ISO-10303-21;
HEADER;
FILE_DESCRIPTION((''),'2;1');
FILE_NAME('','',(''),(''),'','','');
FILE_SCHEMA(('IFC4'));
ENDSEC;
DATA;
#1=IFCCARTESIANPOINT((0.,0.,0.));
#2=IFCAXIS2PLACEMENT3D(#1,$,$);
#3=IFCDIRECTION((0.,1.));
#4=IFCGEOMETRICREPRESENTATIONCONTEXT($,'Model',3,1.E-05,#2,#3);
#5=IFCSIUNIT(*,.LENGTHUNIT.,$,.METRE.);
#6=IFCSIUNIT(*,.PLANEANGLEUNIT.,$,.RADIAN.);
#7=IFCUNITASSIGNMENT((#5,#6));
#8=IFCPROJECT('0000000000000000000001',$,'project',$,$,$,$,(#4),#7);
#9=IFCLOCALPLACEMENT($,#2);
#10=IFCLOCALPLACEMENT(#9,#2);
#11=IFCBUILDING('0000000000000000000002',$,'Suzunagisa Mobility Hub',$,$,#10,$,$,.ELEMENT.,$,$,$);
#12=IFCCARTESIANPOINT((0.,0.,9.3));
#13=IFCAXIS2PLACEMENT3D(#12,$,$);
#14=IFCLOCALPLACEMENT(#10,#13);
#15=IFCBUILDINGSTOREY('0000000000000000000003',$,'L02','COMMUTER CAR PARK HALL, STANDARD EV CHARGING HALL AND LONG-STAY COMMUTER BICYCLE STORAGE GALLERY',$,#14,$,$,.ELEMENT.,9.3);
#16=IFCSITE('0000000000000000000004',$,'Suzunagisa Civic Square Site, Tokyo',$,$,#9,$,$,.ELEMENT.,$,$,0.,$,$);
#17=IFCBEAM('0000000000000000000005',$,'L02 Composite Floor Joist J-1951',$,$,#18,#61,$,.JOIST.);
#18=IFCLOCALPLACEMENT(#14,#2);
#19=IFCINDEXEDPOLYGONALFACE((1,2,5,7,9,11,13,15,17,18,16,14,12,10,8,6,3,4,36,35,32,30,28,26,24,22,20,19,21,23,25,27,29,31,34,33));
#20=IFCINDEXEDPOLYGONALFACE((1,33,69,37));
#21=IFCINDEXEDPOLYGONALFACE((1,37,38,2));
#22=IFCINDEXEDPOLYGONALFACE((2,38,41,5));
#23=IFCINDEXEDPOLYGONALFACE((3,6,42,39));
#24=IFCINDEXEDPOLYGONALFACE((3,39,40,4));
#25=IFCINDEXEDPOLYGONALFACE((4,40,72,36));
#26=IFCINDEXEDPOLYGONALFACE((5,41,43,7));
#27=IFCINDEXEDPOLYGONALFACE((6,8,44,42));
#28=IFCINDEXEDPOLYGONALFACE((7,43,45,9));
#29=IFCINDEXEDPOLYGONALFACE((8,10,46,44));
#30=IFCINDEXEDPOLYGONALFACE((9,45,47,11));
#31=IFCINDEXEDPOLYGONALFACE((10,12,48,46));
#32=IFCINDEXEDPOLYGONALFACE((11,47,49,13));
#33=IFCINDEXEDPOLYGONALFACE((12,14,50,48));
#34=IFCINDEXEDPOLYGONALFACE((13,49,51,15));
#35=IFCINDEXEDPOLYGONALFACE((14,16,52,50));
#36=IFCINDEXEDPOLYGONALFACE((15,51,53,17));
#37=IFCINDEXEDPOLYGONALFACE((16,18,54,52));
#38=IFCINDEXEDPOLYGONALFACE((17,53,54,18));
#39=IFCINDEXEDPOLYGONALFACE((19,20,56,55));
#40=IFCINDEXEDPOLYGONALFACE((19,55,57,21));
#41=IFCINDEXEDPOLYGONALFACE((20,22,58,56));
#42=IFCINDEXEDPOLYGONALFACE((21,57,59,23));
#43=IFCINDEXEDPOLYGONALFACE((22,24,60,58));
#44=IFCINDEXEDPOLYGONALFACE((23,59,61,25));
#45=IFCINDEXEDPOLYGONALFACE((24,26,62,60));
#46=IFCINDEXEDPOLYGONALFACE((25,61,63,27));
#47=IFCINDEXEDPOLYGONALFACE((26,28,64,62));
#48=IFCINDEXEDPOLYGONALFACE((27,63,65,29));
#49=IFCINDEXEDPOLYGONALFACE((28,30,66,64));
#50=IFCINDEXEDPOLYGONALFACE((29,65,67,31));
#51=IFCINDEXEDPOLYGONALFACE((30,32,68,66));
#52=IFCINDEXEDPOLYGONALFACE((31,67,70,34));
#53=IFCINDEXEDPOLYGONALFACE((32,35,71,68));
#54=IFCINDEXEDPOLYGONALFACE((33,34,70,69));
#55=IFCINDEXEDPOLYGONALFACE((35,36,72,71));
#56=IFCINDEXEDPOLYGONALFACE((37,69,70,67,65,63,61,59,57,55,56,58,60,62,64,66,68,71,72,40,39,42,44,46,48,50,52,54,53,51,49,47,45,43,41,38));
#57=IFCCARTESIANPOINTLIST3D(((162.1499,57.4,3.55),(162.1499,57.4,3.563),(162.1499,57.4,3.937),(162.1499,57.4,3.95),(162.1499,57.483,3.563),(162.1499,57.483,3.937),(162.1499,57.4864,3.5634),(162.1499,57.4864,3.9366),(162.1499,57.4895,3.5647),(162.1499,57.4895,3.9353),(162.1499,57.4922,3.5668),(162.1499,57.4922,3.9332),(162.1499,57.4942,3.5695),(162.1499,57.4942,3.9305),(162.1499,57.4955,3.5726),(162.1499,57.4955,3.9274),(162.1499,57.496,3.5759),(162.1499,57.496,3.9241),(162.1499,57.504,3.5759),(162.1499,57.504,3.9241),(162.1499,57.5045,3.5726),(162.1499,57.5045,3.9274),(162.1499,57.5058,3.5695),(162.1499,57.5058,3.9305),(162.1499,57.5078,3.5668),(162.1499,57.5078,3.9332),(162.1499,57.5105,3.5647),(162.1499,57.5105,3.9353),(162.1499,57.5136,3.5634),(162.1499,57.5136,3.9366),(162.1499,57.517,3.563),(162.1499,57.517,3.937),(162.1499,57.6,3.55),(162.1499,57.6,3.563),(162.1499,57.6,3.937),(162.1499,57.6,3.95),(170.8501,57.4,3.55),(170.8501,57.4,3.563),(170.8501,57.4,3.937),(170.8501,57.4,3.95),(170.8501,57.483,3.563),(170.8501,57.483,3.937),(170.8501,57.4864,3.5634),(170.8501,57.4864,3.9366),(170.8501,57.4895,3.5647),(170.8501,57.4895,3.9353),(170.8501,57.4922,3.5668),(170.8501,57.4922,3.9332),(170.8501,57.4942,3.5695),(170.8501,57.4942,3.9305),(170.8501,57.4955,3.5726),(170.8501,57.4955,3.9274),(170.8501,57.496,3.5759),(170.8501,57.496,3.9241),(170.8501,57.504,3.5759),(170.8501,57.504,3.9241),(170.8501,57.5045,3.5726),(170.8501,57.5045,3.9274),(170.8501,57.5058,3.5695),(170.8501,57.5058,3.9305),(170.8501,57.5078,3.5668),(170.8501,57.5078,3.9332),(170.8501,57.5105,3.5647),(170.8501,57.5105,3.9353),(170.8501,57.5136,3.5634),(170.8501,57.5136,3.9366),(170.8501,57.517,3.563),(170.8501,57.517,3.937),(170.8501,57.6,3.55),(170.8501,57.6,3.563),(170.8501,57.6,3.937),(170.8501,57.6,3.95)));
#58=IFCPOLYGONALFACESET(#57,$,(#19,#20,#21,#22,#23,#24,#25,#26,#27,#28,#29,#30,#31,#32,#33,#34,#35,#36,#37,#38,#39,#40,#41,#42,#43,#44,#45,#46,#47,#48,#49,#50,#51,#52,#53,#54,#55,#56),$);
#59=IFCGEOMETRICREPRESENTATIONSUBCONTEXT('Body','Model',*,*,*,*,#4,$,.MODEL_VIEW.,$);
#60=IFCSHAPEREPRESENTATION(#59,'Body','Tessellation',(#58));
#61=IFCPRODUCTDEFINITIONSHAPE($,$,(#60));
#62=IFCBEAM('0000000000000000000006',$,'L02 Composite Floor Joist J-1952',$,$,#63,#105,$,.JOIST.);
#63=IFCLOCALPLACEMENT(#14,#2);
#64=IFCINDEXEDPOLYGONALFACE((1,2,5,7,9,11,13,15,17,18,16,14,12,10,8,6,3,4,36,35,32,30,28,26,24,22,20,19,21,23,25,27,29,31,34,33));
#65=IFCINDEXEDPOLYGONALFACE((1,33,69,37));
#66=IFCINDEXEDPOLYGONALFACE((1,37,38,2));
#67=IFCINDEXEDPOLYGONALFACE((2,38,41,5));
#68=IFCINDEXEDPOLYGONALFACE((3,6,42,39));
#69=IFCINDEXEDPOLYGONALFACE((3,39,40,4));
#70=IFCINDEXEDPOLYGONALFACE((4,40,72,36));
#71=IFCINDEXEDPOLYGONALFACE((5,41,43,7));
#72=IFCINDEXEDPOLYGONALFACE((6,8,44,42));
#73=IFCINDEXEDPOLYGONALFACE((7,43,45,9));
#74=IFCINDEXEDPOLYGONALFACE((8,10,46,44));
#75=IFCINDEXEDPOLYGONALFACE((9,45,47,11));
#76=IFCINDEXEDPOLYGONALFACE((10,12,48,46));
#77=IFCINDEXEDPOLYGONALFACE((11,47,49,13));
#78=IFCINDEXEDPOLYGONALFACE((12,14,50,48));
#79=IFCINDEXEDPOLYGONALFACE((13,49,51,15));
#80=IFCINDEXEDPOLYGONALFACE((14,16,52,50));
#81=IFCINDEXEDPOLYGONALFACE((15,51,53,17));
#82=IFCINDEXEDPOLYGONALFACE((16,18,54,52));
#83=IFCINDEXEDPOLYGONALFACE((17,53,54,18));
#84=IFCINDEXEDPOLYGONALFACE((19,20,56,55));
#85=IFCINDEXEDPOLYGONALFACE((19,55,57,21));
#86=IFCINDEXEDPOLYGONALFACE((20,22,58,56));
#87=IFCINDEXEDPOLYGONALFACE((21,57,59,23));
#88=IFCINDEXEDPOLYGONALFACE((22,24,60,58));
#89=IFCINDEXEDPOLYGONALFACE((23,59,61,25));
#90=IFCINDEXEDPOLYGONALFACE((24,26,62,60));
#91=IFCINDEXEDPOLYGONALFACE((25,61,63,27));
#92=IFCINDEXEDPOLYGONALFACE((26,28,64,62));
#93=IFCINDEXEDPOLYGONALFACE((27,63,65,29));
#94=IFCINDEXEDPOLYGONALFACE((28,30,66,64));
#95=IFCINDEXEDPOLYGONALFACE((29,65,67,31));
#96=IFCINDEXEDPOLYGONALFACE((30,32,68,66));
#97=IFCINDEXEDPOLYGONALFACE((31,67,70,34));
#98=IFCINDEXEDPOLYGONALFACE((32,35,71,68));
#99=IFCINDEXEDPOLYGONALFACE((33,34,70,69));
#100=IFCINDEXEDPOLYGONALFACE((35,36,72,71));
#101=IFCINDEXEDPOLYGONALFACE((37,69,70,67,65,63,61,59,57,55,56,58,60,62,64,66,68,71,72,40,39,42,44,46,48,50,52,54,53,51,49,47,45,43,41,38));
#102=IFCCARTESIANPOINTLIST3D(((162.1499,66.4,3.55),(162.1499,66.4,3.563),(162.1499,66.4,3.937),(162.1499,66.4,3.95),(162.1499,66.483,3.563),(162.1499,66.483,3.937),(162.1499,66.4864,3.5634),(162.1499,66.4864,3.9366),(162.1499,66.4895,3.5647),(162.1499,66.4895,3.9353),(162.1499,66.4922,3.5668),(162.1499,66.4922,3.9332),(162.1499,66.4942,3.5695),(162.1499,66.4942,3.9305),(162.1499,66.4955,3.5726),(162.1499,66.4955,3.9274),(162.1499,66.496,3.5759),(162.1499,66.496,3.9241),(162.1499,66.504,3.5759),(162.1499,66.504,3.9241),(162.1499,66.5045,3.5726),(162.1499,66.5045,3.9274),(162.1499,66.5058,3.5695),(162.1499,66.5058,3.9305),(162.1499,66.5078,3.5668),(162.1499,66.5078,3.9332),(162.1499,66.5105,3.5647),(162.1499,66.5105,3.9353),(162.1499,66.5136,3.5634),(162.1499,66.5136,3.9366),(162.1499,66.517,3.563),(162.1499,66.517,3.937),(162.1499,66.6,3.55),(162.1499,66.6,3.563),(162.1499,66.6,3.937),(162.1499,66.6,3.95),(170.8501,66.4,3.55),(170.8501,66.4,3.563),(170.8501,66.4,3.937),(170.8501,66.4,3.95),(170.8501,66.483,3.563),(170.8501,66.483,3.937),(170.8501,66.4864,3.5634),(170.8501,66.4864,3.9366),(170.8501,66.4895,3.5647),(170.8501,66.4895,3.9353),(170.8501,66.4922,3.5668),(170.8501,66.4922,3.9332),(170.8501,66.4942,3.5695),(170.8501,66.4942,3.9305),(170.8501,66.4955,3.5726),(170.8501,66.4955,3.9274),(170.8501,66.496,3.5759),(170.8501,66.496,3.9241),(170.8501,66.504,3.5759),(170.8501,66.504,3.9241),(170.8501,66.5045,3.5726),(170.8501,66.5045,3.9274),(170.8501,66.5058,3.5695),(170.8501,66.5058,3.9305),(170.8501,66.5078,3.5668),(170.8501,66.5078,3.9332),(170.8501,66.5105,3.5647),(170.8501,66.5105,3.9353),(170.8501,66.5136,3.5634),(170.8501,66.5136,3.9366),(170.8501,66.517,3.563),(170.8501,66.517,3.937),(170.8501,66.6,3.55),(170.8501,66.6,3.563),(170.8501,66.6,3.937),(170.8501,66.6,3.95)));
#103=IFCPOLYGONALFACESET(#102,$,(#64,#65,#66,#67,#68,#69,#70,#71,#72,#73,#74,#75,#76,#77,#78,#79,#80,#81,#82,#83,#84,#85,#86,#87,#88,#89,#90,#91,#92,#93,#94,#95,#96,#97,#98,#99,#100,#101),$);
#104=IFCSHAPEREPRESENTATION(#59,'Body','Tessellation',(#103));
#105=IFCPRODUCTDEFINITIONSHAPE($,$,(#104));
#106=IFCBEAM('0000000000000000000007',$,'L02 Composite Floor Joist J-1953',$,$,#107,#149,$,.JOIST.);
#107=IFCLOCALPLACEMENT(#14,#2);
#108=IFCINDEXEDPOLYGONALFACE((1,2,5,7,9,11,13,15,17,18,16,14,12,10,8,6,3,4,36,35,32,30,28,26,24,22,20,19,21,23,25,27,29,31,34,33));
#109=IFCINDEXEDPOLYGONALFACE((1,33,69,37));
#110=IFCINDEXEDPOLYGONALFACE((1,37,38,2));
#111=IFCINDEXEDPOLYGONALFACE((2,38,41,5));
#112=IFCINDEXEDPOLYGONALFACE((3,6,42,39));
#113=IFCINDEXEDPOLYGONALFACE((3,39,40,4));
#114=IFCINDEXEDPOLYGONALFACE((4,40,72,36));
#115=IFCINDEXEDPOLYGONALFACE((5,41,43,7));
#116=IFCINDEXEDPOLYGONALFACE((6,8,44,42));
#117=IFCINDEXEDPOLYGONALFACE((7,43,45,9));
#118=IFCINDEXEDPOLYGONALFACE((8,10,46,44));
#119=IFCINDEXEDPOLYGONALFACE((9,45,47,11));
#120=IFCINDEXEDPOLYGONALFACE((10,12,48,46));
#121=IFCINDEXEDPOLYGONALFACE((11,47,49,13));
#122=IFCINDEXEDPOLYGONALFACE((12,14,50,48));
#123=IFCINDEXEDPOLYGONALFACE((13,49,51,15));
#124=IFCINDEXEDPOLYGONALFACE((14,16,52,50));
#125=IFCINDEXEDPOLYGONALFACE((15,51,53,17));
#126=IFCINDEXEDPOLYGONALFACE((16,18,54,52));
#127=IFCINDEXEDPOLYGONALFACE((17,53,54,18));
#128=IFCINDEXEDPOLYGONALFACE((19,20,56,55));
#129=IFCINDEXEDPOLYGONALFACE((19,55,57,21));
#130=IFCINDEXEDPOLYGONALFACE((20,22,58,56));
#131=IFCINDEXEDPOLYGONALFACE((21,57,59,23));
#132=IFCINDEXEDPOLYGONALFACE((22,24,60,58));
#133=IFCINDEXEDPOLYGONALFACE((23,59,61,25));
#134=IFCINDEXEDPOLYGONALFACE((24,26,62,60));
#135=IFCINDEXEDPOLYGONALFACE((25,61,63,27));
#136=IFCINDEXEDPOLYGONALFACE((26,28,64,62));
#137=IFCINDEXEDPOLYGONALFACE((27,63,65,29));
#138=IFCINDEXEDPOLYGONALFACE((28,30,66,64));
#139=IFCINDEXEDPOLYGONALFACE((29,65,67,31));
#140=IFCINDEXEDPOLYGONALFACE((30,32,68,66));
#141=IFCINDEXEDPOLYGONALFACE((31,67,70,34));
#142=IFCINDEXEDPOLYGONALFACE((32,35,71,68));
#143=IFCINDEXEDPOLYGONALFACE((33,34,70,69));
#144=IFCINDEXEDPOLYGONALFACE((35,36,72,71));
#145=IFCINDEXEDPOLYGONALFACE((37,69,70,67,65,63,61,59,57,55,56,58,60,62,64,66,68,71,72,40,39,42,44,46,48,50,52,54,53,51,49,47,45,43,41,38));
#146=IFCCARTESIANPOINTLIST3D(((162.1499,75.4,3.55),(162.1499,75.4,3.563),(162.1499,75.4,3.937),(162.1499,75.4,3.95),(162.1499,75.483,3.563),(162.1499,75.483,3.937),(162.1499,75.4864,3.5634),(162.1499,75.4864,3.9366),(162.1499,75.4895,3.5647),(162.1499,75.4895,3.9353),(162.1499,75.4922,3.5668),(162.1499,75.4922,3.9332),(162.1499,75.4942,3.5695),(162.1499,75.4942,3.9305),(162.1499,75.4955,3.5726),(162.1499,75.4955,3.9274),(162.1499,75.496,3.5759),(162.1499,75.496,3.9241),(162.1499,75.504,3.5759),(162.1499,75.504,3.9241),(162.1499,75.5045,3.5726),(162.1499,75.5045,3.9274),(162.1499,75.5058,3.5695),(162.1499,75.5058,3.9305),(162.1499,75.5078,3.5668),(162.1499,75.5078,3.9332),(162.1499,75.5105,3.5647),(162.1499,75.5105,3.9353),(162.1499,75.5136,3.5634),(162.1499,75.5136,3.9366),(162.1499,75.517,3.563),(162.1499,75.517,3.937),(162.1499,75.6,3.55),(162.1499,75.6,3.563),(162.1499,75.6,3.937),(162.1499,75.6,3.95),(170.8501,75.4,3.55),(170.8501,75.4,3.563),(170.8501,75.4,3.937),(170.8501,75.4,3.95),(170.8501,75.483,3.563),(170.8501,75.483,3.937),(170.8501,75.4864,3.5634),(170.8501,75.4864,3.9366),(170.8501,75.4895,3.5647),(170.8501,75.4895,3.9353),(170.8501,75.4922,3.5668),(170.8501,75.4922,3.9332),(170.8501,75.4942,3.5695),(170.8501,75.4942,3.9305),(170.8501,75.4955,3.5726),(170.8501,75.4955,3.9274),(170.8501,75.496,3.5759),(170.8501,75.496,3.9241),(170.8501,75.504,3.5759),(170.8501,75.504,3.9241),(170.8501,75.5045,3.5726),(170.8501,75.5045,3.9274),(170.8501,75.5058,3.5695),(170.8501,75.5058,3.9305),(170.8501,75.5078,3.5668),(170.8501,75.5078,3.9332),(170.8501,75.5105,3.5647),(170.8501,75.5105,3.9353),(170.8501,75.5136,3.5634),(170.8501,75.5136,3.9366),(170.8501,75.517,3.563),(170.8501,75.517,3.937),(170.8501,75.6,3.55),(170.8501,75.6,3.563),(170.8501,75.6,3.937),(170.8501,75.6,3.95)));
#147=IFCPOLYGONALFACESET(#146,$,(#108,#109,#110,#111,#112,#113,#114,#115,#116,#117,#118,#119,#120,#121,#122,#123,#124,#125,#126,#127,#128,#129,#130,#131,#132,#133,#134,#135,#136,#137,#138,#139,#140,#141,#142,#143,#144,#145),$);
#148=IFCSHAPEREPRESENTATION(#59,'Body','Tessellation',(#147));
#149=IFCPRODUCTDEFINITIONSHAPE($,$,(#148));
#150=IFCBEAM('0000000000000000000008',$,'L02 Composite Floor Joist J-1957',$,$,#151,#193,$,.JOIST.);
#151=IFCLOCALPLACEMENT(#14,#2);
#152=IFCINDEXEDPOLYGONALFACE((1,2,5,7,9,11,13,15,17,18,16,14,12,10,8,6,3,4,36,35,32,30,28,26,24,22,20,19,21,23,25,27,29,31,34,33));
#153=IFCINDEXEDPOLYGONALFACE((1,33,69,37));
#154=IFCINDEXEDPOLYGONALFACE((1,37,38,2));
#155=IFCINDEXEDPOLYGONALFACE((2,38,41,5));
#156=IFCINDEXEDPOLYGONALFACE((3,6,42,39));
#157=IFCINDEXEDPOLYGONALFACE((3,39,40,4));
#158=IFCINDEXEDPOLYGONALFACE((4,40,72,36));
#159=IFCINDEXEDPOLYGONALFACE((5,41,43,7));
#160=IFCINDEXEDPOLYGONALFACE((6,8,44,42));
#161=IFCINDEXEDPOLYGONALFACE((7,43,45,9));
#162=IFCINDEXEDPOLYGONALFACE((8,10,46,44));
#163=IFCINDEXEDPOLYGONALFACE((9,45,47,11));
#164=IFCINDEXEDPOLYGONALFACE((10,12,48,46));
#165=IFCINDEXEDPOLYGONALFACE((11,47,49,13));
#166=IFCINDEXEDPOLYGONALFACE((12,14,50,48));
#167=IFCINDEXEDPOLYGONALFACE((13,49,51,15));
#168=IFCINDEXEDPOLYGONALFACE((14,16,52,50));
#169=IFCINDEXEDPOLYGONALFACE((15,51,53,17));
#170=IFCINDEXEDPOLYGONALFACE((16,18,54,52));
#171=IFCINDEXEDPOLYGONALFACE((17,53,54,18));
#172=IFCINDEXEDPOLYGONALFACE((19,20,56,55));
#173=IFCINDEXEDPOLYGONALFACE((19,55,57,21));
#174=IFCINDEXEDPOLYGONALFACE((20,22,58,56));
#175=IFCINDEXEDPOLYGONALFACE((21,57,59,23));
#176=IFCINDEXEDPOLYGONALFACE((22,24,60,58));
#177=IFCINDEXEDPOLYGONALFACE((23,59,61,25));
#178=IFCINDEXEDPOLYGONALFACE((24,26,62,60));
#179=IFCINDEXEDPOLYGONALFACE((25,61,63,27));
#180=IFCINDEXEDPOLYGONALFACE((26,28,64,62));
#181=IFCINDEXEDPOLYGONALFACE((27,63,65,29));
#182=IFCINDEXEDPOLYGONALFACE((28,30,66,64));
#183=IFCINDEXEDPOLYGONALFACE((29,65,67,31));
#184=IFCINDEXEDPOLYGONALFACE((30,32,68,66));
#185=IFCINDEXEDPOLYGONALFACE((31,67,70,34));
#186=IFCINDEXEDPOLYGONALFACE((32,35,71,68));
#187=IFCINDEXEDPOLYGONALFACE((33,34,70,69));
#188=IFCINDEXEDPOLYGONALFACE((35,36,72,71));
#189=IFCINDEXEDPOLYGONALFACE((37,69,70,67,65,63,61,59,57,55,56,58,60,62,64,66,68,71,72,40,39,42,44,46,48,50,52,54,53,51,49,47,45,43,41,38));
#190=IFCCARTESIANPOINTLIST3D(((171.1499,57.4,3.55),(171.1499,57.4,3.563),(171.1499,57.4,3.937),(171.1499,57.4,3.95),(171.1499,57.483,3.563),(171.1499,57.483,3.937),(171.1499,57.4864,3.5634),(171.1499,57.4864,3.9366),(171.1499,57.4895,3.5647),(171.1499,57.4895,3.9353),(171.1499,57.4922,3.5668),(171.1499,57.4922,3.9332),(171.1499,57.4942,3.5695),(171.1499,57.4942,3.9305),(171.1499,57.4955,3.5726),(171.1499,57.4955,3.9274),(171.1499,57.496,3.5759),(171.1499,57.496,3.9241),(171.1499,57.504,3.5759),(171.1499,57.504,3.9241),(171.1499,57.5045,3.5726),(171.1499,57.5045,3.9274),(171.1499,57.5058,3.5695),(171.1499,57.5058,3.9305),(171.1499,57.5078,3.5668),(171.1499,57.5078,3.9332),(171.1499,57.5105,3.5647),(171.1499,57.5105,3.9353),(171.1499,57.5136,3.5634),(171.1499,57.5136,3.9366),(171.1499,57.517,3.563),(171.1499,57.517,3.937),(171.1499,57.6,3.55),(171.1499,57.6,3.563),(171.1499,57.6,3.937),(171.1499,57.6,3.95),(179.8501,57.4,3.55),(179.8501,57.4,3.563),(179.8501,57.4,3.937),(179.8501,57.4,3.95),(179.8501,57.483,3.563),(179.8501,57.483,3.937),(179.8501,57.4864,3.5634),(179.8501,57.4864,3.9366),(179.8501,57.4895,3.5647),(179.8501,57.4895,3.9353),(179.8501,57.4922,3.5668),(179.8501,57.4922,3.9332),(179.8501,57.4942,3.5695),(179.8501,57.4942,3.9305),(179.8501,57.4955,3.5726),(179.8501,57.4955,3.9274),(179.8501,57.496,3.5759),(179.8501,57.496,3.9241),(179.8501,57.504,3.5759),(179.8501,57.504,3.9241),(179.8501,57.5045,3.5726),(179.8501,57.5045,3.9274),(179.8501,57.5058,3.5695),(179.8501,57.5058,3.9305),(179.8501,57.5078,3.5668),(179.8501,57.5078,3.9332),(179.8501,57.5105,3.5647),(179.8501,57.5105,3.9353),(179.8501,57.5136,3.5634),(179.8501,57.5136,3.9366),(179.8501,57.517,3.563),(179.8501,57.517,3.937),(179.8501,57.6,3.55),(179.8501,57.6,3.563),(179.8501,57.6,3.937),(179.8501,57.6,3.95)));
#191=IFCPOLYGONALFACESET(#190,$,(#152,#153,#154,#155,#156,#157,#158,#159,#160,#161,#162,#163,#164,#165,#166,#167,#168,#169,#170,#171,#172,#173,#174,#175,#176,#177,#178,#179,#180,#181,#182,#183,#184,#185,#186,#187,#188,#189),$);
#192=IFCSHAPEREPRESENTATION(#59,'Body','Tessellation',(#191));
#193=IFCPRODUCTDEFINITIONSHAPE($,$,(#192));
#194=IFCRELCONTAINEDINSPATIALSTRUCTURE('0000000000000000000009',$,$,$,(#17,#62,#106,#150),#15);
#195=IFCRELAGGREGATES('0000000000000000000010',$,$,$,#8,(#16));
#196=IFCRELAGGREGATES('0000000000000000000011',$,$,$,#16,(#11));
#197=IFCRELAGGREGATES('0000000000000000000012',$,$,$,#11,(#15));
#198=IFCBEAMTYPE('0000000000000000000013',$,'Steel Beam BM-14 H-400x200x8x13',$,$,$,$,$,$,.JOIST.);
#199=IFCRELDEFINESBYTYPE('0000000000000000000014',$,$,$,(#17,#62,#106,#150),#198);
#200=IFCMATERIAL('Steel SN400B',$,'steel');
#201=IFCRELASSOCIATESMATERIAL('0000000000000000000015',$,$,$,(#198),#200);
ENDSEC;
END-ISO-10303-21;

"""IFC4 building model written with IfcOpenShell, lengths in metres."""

from ifc_helpers import new_model, si_unit, direction, frame, origin, origin_2d, place, context, subcontext, project, spatial, i_section, extrude, material, material_profile, profile_set, type_object, element, save


model = new_model("IFC4")

# Units and contexts
model_context = context("Model", 3, precision=1e-05, world=origin(), true_north=direction((0.0, 1.0)))
body_context = subcontext(model_context, "Body", "Model", "MODEL_VIEW")
ifc_project = project(units=[si_unit("LENGTHUNIT", "METRE"), si_unit("PLANEANGLEUNIT", "RADIAN")], contexts=[model_context])

# Site, building, storey
site_placement = place(None, origin())
site = spatial("IfcSite", under=ifc_project, at=site_placement, Name="Suzunagisa Civic Square Site, Tokyo", CompositionType="ELEMENT", RefElevation=0.0)
building_placement = place(site_placement, origin())
building = spatial("IfcBuilding", under=site, at=building_placement, Name="Suzunagisa Mobility Hub", CompositionType="ELEMENT")
storey_placement = place(building_placement, frame((0.0, 0.0, 9.3)))
storey = spatial("IfcBuildingStorey", under=building, at=storey_placement, Name="L02", Description="COMMUTER CAR PARK HALL, STANDARD EV CHARGING HALL AND LONG-STAY COMMUTER BICYCLE STORAGE GALLERY", CompositionType="ELEMENT", Elevation=9.3)

# Beams
ifc_material_1 = material(Name="Steel SN400B", Category="steel")
ifc_material_profile_1 = material_profile(ifc_material_1, i_section(OverallWidth=0.2, OverallDepth=0.3999, WebThickness=0.0081, FlangeThickness=0.0129, FilletRadius=0.0129, at=origin_2d()), Name="H-400x200x8x13")
ifc_profile_set_1 = profile_set([ifc_material_profile_1], Name="Steel SN400B")
beam_type_1 = type_object("IfcBeamType", Name="Steel Beam BM-14 H-400x200x8x13", PredefinedType="JOIST", material=ifc_profile_set_1)
for number, where, z_axis, x_axis, name in (
    (1, (162.1499, 57.5, 3.75), (1.0, 0.0, 0.0), (0.0, 1.0, 0.0), "L02 Composite Floor Joist J-1951"),
    (2, (162.1499, 66.5, 3.75), (1.0, 0.0, 0.0), (0.0, 1.0, 0.0), "L02 Composite Floor Joist J-1952"),
    (3, (162.1499, 75.5, 3.75), (1.0, 0.0, 0.0), (0.0, 1.0, 0.0), "L02 Composite Floor Joist J-1953"),
    (4, (171.1499, 57.5, 3.75), (1.0, 0.0, 0.0), (0.0, 1.0, 0.0), "L02 Composite Floor Joist J-1957"),
):
    element("IfcBeam", number, at=place(storey_placement, frame(where, z_axis=z_axis, x_axis=x_axis)), inside=storey, type_object=beam_type_1, Name=name, PredefinedType="JOIST", context=body_context, shape_type="SweptSolid", body=[
        extrude(i_section(OverallWidth=0.2, OverallDepth=0.3999, WebThickness=0.0081, FlangeThickness=0.0129, FilletRadius=0.0129, at=origin_2d()), origin(), (0.0, 0.0, 1.0), 8.7002),
    ])

save(model, "model.ifc")
